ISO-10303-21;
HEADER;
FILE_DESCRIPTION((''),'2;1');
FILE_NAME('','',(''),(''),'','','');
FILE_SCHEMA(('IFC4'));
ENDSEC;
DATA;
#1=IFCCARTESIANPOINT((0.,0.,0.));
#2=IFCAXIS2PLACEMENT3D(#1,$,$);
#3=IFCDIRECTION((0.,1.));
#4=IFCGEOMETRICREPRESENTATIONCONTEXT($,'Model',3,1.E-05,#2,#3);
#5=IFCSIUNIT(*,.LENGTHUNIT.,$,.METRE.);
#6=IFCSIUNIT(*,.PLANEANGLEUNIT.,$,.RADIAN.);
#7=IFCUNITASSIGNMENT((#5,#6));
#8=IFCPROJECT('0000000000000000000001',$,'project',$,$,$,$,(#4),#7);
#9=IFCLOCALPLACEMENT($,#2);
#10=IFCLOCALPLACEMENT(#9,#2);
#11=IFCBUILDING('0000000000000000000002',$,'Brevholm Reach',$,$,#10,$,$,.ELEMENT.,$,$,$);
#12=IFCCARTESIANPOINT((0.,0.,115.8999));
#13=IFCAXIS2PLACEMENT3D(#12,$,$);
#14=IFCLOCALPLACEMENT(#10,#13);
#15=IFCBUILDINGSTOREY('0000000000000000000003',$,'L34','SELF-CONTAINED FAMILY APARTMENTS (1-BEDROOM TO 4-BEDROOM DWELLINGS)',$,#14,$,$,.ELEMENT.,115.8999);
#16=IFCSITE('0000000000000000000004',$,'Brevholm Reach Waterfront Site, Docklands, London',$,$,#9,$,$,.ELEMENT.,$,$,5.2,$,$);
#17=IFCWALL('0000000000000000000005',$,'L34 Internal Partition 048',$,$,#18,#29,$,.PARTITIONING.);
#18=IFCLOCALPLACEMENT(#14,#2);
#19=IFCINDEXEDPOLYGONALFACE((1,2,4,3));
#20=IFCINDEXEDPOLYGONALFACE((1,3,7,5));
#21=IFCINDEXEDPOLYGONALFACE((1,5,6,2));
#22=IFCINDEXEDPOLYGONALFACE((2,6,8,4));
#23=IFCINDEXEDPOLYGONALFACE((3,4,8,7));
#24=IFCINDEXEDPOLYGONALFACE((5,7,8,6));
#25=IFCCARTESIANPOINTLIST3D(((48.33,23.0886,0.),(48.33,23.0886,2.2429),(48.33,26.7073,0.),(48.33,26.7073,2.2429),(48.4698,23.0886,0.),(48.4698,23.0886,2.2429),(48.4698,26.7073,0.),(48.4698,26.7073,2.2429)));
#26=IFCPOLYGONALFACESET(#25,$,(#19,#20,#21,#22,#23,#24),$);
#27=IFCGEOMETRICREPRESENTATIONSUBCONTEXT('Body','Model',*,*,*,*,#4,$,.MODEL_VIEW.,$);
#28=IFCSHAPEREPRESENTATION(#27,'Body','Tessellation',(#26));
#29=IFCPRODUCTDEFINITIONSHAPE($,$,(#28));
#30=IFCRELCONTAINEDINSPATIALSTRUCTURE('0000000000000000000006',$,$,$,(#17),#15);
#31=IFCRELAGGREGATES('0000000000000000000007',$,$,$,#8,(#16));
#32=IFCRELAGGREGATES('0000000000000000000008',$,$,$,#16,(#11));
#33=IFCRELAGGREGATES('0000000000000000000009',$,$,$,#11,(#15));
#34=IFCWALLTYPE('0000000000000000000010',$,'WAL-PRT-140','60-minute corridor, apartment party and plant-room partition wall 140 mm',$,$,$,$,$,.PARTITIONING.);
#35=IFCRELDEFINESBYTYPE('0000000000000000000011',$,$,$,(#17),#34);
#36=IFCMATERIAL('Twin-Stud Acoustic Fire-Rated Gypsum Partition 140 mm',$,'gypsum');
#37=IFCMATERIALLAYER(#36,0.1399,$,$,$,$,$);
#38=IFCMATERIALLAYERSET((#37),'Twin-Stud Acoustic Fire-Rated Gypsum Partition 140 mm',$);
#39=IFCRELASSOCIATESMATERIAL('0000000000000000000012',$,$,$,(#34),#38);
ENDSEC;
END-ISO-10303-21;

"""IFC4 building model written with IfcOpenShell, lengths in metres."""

from ifc_helpers import new_model, si_unit, direction, frame, frame_2d, origin, place, context, subcontext, project, spatial, rectangle, extrude, material, layer, layer_set, type_object, element, save


model = new_model("IFC4")

# Units and contexts
model_context = context("Model", 3, precision=1e-05, world=origin(), true_north=direction((0.0, 1.0)))
body_context = subcontext(model_context, "Body", "Model", "MODEL_VIEW")
ifc_project = project(units=[si_unit("LENGTHUNIT", "METRE"), si_unit("PLANEANGLEUNIT", "RADIAN")], contexts=[model_context])

# Site, building, storey
site_placement = place(None, origin())
site = spatial("IfcSite", under=ifc_project, at=site_placement, Name="Brevholm Reach Waterfront Site, Docklands, London", CompositionType="ELEMENT", RefElevation=5.2)
building_placement = place(site_placement, origin())
building = spatial("IfcBuilding", under=site, at=building_placement, Name="Brevholm Reach", CompositionType="ELEMENT")
storey_placement = place(building_placement, frame((0.0, 0.0, 115.8999)))
storey = spatial("IfcBuildingStorey", under=building, at=storey_placement, Name="L34", Description="SELF-CONTAINED FAMILY APARTMENTS (1-BEDROOM TO 4-BEDROOM DWELLINGS)", CompositionType="ELEMENT", Elevation=115.8999)

# Wall
ifc_material_1 = material(Name="Twin-Stud Acoustic Fire-Rated Gypsum Partition 140 mm", Category="gypsum")
ifc_layer_1 = layer(ifc_material_1, 0.1399)
ifc_layer_set_1 = layer_set([ifc_layer_1], Name="Twin-Stud Acoustic Fire-Rated Gypsum Partition 140 mm")
wall_type_1 = type_object("IfcWallType", Name="WAL-PRT-140", Description="60-minute corridor, apartment party and plant-room partition wall 140 mm", PredefinedType="PARTITIONING", material=ifc_layer_set_1)
wall_1_placement = place(storey_placement, frame((48.3999, 23.0886, 0.0), z_axis=(0.0, 0.0, 1.0), x_axis=(0.0, 1.0, 0.0)))
element("IfcWall", 1, at=wall_1_placement, inside=storey, type_object=wall_type_1, Name="L34 Internal Partition 048", PredefinedType="PARTITIONING", context=body_context, shape_type="SweptSolid", body=[
    extrude(rectangle(XDim=3.6187, YDim=0.1399, at=frame_2d((1.8093, 0.0))), origin(), (0.0, 0.0, 1.0), 2.2429),
])

save(model, "model.ifc")
